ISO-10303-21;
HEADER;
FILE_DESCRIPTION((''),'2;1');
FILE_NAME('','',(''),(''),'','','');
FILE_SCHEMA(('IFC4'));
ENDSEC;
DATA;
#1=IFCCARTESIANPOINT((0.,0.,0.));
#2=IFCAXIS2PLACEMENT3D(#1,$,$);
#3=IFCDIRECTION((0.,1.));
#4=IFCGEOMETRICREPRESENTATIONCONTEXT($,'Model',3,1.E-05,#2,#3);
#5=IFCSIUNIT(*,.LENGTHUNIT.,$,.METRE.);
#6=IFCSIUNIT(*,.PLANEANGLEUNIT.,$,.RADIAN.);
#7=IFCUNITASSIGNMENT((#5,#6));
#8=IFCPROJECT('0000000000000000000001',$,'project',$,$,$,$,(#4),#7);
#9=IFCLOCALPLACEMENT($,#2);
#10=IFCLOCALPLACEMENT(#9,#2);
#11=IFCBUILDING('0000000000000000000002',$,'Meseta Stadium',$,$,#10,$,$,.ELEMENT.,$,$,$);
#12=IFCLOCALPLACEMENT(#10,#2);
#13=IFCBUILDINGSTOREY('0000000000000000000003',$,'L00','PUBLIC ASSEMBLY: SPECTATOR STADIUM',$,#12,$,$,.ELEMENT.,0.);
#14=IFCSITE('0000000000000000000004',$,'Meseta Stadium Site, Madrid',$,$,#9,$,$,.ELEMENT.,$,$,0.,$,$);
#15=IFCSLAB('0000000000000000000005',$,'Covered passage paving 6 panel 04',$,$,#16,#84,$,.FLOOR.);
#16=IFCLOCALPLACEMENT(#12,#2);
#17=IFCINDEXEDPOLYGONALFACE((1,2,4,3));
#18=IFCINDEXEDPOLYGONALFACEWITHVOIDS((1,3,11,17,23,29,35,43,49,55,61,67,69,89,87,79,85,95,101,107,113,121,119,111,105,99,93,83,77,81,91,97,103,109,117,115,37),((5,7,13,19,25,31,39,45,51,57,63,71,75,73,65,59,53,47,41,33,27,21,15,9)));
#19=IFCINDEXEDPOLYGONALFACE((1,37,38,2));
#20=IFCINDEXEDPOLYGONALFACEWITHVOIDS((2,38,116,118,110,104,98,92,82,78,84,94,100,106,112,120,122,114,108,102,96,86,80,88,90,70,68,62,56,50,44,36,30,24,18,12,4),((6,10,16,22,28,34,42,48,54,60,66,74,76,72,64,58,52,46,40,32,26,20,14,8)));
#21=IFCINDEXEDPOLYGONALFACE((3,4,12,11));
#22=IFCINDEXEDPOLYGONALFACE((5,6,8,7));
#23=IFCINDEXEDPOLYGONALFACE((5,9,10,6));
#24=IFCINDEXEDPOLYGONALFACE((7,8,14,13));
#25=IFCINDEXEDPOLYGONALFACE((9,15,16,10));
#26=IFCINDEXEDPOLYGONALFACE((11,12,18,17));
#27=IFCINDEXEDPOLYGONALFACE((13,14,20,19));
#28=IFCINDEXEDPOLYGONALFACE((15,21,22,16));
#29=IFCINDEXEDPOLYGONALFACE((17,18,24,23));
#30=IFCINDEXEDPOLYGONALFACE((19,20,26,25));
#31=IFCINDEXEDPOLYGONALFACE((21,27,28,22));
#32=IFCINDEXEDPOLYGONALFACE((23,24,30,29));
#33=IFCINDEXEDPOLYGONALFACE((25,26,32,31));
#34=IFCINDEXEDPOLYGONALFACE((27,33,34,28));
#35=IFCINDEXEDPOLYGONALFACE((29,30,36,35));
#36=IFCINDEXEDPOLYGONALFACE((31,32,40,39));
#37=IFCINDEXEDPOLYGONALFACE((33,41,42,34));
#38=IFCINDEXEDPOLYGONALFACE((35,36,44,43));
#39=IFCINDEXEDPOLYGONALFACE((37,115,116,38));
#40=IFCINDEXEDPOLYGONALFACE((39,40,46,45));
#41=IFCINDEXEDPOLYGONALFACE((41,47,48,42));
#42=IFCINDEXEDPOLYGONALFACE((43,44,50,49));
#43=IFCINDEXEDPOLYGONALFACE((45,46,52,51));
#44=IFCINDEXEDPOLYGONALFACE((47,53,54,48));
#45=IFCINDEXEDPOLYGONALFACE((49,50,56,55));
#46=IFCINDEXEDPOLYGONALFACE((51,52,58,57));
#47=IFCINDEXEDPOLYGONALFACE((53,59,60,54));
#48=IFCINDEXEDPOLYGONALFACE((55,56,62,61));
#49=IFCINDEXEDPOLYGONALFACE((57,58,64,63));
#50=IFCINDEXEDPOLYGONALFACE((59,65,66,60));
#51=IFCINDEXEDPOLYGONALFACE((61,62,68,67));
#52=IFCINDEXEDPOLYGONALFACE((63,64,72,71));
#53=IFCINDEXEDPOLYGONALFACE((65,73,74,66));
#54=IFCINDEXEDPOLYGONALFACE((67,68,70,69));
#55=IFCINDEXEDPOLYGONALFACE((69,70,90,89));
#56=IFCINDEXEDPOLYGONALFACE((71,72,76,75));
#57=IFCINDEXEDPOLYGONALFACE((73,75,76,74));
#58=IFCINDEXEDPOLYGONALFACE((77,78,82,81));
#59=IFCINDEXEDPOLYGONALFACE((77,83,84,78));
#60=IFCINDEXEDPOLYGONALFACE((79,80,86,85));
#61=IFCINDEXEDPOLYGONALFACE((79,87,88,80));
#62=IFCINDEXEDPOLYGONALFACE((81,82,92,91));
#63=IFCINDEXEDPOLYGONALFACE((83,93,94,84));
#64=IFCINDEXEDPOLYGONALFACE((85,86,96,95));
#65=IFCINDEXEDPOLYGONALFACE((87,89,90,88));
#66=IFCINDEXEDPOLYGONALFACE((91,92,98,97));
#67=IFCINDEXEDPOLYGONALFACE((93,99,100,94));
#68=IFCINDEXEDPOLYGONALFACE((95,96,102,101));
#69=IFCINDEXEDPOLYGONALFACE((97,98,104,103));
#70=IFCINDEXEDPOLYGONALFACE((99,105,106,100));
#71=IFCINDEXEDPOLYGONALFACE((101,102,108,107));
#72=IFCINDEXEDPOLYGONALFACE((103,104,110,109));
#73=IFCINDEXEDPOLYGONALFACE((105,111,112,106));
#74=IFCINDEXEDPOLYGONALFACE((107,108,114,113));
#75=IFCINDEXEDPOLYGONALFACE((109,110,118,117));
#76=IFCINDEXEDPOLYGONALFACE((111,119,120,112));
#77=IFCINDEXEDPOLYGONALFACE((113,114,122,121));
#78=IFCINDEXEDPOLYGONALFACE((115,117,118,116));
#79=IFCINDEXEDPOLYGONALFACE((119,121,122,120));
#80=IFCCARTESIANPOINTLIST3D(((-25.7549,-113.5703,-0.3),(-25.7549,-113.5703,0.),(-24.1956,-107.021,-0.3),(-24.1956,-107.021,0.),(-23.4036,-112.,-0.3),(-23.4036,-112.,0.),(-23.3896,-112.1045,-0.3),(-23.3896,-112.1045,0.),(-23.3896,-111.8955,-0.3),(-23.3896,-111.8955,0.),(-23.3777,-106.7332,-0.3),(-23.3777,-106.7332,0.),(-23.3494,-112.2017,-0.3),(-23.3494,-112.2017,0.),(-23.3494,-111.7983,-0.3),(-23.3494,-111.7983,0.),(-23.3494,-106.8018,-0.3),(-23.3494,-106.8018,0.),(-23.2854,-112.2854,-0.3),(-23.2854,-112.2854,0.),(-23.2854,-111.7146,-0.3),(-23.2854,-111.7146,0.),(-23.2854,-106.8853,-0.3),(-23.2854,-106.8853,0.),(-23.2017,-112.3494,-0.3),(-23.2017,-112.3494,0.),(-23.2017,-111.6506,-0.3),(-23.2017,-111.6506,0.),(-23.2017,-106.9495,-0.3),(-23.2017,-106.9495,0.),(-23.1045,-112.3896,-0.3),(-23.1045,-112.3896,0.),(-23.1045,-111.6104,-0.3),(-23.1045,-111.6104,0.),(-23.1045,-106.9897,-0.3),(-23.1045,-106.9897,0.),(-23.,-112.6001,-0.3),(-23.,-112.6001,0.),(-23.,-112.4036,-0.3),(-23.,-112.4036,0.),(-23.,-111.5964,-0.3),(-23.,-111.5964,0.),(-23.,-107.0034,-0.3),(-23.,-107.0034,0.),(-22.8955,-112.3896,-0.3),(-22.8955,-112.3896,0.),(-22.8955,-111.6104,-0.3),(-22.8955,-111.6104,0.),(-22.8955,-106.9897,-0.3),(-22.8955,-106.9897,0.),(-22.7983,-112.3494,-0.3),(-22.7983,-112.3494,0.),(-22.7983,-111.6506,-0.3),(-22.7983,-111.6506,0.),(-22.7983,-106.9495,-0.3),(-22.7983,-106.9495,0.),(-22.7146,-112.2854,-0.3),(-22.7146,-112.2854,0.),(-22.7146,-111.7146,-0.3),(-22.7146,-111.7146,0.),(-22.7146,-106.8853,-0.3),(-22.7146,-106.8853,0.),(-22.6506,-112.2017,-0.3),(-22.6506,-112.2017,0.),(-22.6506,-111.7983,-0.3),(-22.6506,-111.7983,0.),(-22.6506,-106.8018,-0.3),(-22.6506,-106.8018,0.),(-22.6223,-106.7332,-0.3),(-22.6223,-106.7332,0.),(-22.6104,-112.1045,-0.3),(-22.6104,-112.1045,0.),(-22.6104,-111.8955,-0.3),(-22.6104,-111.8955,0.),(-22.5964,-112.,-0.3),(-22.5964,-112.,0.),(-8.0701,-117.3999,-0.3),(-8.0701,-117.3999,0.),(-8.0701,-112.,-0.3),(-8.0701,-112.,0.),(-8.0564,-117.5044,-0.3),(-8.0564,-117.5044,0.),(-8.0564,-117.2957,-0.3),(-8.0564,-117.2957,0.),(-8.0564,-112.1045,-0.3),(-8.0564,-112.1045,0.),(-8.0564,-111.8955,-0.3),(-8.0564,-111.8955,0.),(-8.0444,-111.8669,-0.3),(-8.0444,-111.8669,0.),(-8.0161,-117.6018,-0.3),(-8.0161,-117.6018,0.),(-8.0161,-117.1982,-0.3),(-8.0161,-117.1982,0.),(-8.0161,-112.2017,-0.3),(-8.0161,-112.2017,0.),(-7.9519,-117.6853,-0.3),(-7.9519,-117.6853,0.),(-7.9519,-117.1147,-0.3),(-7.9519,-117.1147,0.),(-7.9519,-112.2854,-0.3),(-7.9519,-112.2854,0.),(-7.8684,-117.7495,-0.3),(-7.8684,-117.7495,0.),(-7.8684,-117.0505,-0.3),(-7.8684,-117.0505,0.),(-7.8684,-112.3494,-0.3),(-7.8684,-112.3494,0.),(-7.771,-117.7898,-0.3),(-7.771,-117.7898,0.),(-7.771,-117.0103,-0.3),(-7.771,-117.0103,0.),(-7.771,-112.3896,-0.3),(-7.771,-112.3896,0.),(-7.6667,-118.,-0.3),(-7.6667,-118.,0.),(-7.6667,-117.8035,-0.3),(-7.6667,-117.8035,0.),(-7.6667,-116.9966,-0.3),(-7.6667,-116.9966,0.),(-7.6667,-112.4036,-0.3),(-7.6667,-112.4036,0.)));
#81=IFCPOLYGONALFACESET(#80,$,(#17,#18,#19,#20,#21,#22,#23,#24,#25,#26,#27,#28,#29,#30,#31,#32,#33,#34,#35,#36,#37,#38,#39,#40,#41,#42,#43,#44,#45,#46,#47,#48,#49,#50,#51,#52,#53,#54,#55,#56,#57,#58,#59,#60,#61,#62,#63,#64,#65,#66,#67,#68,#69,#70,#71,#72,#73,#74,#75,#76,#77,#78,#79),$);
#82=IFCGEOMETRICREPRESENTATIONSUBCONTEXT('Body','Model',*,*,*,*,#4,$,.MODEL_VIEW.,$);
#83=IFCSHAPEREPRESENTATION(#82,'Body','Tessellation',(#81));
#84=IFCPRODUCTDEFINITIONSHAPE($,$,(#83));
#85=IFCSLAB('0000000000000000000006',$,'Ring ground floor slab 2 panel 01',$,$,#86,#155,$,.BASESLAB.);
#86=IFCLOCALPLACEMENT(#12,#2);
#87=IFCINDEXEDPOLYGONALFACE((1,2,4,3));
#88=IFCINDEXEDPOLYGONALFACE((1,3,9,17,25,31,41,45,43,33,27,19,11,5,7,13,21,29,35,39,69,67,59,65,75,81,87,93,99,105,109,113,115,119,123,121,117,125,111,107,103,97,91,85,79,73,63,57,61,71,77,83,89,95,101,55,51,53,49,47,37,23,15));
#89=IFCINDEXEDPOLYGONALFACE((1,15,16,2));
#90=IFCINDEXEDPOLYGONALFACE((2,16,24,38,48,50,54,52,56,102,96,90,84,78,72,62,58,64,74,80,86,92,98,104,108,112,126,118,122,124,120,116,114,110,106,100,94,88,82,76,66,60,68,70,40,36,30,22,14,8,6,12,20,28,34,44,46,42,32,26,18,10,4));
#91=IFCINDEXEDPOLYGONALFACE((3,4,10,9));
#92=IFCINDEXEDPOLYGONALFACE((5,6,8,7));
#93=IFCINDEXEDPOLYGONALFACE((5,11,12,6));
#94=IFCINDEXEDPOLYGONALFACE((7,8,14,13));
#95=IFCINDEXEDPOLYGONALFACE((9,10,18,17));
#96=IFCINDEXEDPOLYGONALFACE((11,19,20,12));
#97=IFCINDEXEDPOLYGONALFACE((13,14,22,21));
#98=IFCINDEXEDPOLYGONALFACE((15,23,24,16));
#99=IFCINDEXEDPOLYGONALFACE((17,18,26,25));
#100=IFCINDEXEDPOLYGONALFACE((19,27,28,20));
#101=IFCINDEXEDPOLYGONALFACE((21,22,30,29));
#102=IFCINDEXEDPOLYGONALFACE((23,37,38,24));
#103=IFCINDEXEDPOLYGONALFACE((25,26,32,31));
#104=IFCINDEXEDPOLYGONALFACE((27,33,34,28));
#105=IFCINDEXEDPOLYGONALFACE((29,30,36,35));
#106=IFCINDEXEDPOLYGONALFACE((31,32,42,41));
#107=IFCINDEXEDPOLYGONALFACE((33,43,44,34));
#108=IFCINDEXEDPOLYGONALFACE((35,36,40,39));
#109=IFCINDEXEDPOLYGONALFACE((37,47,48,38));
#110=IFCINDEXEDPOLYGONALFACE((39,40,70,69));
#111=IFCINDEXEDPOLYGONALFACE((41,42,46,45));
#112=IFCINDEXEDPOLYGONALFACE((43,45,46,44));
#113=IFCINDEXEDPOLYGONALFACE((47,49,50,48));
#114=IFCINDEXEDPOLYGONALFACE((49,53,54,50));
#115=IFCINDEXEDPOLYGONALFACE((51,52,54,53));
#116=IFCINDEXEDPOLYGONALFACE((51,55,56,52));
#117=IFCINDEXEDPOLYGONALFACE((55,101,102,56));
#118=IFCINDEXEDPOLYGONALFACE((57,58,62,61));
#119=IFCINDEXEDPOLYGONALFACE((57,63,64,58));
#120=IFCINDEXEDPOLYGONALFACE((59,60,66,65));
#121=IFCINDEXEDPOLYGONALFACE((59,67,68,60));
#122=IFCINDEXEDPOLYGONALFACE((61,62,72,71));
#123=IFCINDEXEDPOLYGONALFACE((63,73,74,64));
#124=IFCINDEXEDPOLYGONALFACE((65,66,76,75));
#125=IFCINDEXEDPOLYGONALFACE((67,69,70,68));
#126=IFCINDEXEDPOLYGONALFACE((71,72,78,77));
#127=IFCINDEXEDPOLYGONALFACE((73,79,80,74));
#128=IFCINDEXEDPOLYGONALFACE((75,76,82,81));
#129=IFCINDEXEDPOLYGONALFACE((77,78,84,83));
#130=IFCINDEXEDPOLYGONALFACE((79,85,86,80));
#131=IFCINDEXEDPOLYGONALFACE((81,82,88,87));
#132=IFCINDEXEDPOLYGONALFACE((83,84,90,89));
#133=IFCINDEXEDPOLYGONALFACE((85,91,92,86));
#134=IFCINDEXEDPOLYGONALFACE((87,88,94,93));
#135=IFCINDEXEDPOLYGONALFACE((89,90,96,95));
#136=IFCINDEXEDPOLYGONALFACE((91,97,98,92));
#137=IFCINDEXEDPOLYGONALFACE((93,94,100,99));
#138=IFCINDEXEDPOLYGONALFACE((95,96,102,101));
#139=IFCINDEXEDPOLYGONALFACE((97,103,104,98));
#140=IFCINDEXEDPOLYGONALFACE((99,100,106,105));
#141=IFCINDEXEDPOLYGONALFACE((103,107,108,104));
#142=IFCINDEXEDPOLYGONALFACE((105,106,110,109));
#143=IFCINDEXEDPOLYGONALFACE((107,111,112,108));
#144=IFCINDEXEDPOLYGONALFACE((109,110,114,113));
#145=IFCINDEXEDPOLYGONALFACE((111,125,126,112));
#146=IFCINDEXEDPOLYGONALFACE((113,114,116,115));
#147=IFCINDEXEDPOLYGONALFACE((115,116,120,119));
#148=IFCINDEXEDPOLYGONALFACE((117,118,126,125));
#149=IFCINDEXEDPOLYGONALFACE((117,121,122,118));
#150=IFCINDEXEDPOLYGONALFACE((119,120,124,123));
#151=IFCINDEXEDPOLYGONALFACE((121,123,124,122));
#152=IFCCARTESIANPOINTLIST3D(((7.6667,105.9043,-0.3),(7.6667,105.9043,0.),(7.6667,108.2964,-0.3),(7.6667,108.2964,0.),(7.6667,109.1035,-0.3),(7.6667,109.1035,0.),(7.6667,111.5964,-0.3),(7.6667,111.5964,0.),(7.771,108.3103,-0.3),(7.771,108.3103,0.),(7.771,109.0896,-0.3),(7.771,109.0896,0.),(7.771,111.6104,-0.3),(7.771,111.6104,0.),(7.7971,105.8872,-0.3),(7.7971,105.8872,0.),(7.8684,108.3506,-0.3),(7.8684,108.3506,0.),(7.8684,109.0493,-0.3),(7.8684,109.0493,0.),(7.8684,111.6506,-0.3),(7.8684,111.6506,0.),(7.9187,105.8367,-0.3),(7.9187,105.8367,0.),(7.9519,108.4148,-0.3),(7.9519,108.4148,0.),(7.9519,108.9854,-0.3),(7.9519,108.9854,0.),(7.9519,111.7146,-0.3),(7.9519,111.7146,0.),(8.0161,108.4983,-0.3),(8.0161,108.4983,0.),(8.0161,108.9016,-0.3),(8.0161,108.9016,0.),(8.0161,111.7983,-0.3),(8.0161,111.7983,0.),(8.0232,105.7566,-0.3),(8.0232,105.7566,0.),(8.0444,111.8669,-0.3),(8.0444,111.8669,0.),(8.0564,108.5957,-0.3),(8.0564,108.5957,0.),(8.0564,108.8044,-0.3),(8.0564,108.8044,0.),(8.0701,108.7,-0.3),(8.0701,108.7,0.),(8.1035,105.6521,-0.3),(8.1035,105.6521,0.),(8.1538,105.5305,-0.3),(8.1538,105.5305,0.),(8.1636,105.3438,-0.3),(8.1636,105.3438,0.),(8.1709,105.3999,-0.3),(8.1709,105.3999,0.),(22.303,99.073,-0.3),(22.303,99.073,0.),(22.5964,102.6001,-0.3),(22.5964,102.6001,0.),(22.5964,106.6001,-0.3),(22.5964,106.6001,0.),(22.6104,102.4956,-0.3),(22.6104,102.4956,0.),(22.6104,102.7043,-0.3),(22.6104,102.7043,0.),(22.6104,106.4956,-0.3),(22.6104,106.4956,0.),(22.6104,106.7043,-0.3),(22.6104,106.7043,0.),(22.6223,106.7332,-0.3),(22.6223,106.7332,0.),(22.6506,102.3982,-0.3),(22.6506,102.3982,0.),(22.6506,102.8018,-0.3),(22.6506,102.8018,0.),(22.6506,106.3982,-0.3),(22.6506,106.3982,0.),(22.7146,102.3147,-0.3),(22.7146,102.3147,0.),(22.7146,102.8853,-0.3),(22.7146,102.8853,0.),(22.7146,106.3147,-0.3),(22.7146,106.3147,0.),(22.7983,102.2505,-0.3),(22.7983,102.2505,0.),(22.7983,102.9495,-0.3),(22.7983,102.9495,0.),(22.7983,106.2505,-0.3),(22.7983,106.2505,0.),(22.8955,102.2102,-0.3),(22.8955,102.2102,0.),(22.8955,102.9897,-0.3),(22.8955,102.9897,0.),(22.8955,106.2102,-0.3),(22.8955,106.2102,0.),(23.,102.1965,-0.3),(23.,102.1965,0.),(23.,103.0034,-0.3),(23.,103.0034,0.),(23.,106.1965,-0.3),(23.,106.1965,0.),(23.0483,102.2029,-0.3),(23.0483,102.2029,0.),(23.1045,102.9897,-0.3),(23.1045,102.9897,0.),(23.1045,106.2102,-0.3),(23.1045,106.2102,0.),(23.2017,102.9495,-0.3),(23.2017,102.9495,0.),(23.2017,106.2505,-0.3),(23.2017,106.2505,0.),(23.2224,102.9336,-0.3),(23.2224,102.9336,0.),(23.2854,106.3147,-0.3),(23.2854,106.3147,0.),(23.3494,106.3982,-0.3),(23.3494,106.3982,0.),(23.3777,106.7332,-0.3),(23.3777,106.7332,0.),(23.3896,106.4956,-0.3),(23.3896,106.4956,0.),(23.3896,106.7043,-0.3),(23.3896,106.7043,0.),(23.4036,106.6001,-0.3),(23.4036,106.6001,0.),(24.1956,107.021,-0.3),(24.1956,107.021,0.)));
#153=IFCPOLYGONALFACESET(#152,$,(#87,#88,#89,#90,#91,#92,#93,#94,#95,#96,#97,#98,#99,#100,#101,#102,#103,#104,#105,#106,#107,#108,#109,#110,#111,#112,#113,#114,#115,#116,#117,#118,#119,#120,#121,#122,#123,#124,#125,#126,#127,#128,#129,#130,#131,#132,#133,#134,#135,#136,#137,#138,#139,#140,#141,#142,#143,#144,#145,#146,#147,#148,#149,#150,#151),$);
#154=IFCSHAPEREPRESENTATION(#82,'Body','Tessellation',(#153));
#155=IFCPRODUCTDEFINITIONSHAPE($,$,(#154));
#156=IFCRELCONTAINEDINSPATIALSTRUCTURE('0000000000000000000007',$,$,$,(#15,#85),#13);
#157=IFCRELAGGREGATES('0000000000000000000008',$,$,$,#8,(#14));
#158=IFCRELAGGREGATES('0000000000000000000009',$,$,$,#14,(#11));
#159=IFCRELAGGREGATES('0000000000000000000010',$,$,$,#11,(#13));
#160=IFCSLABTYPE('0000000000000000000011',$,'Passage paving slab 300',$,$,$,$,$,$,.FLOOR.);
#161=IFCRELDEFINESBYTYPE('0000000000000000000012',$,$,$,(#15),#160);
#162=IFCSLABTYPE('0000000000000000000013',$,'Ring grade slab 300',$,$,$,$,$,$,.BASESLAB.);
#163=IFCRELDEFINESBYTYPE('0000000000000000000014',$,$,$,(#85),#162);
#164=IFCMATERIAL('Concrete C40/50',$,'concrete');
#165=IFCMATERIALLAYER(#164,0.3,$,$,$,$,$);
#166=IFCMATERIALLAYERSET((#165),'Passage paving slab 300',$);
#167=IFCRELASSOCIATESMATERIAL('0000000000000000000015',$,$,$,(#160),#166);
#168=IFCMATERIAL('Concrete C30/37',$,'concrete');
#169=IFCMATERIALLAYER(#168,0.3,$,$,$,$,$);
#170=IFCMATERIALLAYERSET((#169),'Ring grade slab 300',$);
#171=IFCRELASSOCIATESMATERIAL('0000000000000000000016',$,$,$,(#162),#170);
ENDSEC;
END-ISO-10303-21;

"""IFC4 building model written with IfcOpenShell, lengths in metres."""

from ifc_helpers import new_model, si_unit, direction, frame, origin, place, context, subcontext, project, spatial, polyline, outline, extrude, material, layer, layer_set, type_object, element, save


model = new_model("IFC4")

# Units and contexts
model_context = context("Model", 3, precision=1e-05, world=origin(), true_north=direction((0.0, 1.0)))
body_context = subcontext(model_context, "Body", "Model", "MODEL_VIEW")
ifc_project = project(units=[si_unit("LENGTHUNIT", "METRE"), si_unit("PLANEANGLEUNIT", "RADIAN")], contexts=[model_context])

# Site, building, storey
site_placement = place(None, origin())
site = spatial("IfcSite", under=ifc_project, at=site_placement, Name="Meseta Stadium Site, Madrid", CompositionType="ELEMENT", RefElevation=0.0)
building_placement = place(site_placement, origin())
building = spatial("IfcBuilding", under=site, at=building_placement, Name="Meseta Stadium", CompositionType="ELEMENT")
storey_placement = place(building_placement, origin())
storey = spatial("IfcBuildingStorey", under=building, at=storey_placement, Name="L00", Description="PUBLIC ASSEMBLY: SPECTATOR STADIUM", CompositionType="ELEMENT", Elevation=0.0)

# Slabs
ifc_material_1 = material(Name="Concrete C40/50", Category="concrete")
ifc_layer_1 = layer(ifc_material_1, 0.3)
ifc_layer_set_1 = layer_set([ifc_layer_1], Name="Passage paving slab 300")
slab_type_1 = type_object("IfcSlabType", Name="Passage paving slab 300", PredefinedType="FLOOR", material=ifc_layer_set_1)
slab_1_placement = place(storey_placement, frame((0.0, 0.0, -0.3)))
element("IfcSlab", 1, at=slab_1_placement, inside=storey, type_object=slab_type_1, Name="Covered passage paving 6 panel 04", PredefinedType="FLOOR", context=body_context, shape_type="SweptSolid", body=[
    extrude(outline(polyline([(-23.3777, -106.7332), (-24.1956, -107.021), (-25.7549, -113.5703), (-23.0, -112.6001), (-7.6667, -118.0), (-7.6667, -117.8035), (-7.771, -117.7898), (-7.8684, -117.7495), (-7.9519, -117.6853), (-8.0161, -117.6018), (-8.0564, -117.5044), (-8.0701, -117.3999), (-8.0564, -117.2957), (-8.0161, -117.1982), (-7.9519, -117.1147), (-7.8684, -117.0505), (-7.771, -117.0103), (-7.6667, -116.9966), (-7.6667, -112.4036), (-7.771, -112.3896), (-7.8684, -112.3494), (-7.9519, -112.2854), (-8.0161, -112.2017), (-8.0564, -112.1045), (-8.0701, -112.0), (-8.0564, -111.8955), (-8.0444, -111.8669), (-22.6223, -106.7332), (-22.6506, -106.8018), (-22.7146, -106.8853), (-22.7983, -106.9495), (-22.8955, -106.9897), (-23.0, -107.0034), (-23.1045, -106.9897), (-23.2017, -106.9495), (-23.2854, -106.8853), (-23.3494, -106.8018), (-23.3777, -106.7332)]), holes=[polyline([(-22.7983, -112.3494), (-22.8955, -112.3896), (-23.0, -112.4036), (-23.1045, -112.3896), (-23.2017, -112.3494), (-23.2854, -112.2854), (-23.3494, -112.2017), (-23.3896, -112.1045), (-23.4036, -112.0), (-23.3896, -111.8955), (-23.3494, -111.7983), (-23.2854, -111.7146), (-23.2017, -111.6506), (-23.1045, -111.6104), (-23.0, -111.5964), (-22.8955, -111.6104), (-22.7983, -111.6506), (-22.7146, -111.7146), (-22.6506, -111.7983), (-22.6104, -111.8955), (-22.5964, -112.0), (-22.6104, -112.1045), (-22.6506, -112.2017), (-22.7146, -112.2854), (-22.7983, -112.3494)])]), origin(), (0.0, 0.0, 1.0), 0.3),
])
ifc_material_2 = material(Name="Concrete C30/37", Category="concrete")
ifc_layer_2 = layer(ifc_material_2, 0.3)
ifc_layer_set_2 = layer_set([ifc_layer_2], Name="Ring grade slab 300")
slab_type_2 = type_object("IfcSlabType", Name="Ring grade slab 300", PredefinedType="BASESLAB", material=ifc_layer_set_2)
slab_2_placement = place(storey_placement, frame((0.0, 0.0, -0.3)))
element("IfcSlab", 2, at=slab_2_placement, inside=storey, type_object=slab_type_2, Name="Ring ground floor slab 2 panel 01", PredefinedType="BASESLAB", context=body_context, shape_type="SweptSolid", body=[
    extrude(outline(polyline([(7.6667, 108.2964), (7.6667, 105.9043), (7.7971, 105.8872), (7.9187, 105.8367), (8.0232, 105.7566), (8.1035, 105.6521), (8.1538, 105.5305), (8.1709, 105.3999), (8.1636, 105.3438), (22.303, 99.073), (23.0483, 102.2029), (23.0, 102.1965), (22.8955, 102.2102), (22.7983, 102.2505), (22.7146, 102.3147), (22.6506, 102.3982), (22.6104, 102.4956), (22.5964, 102.6001), (22.6104, 102.7043), (22.6506, 102.8018), (22.7146, 102.8853), (22.7983, 102.9495), (22.8955, 102.9897), (23.0, 103.0034), (23.1045, 102.9897), (23.2017, 102.9495), (23.2224, 102.9336), (24.1956, 107.021), (23.3777, 106.7332), (23.3896, 106.7043), (23.4036, 106.6001), (23.3896, 106.4956), (23.3494, 106.3982), (23.2854, 106.3147), (23.2017, 106.2505), (23.1045, 106.2102), (23.0, 106.1965), (22.8955, 106.2102), (22.7983, 106.2505), (22.7146, 106.3147), (22.6506, 106.3982), (22.6104, 106.4956), (22.5964, 106.6001), (22.6104, 106.7043), (22.6223, 106.7332), (8.0444, 111.8669), (8.0161, 111.7983), (7.9519, 111.7146), (7.8684, 111.6506), (7.771, 111.6104), (7.6667, 111.5964), (7.6667, 109.1035), (7.771, 109.0896), (7.8684, 109.0493), (7.9519, 108.9854), (8.0161, 108.9016), (8.0564, 108.8044), (8.0701, 108.7), (8.0564, 108.5957), (8.0161, 108.4983), (7.9519, 108.4148), (7.8684, 108.3506), (7.771, 108.3103), (7.6667, 108.2964)])), origin(), (0.0, 0.0, 1.0), 0.3),
])

save(model, "model.ifc")
